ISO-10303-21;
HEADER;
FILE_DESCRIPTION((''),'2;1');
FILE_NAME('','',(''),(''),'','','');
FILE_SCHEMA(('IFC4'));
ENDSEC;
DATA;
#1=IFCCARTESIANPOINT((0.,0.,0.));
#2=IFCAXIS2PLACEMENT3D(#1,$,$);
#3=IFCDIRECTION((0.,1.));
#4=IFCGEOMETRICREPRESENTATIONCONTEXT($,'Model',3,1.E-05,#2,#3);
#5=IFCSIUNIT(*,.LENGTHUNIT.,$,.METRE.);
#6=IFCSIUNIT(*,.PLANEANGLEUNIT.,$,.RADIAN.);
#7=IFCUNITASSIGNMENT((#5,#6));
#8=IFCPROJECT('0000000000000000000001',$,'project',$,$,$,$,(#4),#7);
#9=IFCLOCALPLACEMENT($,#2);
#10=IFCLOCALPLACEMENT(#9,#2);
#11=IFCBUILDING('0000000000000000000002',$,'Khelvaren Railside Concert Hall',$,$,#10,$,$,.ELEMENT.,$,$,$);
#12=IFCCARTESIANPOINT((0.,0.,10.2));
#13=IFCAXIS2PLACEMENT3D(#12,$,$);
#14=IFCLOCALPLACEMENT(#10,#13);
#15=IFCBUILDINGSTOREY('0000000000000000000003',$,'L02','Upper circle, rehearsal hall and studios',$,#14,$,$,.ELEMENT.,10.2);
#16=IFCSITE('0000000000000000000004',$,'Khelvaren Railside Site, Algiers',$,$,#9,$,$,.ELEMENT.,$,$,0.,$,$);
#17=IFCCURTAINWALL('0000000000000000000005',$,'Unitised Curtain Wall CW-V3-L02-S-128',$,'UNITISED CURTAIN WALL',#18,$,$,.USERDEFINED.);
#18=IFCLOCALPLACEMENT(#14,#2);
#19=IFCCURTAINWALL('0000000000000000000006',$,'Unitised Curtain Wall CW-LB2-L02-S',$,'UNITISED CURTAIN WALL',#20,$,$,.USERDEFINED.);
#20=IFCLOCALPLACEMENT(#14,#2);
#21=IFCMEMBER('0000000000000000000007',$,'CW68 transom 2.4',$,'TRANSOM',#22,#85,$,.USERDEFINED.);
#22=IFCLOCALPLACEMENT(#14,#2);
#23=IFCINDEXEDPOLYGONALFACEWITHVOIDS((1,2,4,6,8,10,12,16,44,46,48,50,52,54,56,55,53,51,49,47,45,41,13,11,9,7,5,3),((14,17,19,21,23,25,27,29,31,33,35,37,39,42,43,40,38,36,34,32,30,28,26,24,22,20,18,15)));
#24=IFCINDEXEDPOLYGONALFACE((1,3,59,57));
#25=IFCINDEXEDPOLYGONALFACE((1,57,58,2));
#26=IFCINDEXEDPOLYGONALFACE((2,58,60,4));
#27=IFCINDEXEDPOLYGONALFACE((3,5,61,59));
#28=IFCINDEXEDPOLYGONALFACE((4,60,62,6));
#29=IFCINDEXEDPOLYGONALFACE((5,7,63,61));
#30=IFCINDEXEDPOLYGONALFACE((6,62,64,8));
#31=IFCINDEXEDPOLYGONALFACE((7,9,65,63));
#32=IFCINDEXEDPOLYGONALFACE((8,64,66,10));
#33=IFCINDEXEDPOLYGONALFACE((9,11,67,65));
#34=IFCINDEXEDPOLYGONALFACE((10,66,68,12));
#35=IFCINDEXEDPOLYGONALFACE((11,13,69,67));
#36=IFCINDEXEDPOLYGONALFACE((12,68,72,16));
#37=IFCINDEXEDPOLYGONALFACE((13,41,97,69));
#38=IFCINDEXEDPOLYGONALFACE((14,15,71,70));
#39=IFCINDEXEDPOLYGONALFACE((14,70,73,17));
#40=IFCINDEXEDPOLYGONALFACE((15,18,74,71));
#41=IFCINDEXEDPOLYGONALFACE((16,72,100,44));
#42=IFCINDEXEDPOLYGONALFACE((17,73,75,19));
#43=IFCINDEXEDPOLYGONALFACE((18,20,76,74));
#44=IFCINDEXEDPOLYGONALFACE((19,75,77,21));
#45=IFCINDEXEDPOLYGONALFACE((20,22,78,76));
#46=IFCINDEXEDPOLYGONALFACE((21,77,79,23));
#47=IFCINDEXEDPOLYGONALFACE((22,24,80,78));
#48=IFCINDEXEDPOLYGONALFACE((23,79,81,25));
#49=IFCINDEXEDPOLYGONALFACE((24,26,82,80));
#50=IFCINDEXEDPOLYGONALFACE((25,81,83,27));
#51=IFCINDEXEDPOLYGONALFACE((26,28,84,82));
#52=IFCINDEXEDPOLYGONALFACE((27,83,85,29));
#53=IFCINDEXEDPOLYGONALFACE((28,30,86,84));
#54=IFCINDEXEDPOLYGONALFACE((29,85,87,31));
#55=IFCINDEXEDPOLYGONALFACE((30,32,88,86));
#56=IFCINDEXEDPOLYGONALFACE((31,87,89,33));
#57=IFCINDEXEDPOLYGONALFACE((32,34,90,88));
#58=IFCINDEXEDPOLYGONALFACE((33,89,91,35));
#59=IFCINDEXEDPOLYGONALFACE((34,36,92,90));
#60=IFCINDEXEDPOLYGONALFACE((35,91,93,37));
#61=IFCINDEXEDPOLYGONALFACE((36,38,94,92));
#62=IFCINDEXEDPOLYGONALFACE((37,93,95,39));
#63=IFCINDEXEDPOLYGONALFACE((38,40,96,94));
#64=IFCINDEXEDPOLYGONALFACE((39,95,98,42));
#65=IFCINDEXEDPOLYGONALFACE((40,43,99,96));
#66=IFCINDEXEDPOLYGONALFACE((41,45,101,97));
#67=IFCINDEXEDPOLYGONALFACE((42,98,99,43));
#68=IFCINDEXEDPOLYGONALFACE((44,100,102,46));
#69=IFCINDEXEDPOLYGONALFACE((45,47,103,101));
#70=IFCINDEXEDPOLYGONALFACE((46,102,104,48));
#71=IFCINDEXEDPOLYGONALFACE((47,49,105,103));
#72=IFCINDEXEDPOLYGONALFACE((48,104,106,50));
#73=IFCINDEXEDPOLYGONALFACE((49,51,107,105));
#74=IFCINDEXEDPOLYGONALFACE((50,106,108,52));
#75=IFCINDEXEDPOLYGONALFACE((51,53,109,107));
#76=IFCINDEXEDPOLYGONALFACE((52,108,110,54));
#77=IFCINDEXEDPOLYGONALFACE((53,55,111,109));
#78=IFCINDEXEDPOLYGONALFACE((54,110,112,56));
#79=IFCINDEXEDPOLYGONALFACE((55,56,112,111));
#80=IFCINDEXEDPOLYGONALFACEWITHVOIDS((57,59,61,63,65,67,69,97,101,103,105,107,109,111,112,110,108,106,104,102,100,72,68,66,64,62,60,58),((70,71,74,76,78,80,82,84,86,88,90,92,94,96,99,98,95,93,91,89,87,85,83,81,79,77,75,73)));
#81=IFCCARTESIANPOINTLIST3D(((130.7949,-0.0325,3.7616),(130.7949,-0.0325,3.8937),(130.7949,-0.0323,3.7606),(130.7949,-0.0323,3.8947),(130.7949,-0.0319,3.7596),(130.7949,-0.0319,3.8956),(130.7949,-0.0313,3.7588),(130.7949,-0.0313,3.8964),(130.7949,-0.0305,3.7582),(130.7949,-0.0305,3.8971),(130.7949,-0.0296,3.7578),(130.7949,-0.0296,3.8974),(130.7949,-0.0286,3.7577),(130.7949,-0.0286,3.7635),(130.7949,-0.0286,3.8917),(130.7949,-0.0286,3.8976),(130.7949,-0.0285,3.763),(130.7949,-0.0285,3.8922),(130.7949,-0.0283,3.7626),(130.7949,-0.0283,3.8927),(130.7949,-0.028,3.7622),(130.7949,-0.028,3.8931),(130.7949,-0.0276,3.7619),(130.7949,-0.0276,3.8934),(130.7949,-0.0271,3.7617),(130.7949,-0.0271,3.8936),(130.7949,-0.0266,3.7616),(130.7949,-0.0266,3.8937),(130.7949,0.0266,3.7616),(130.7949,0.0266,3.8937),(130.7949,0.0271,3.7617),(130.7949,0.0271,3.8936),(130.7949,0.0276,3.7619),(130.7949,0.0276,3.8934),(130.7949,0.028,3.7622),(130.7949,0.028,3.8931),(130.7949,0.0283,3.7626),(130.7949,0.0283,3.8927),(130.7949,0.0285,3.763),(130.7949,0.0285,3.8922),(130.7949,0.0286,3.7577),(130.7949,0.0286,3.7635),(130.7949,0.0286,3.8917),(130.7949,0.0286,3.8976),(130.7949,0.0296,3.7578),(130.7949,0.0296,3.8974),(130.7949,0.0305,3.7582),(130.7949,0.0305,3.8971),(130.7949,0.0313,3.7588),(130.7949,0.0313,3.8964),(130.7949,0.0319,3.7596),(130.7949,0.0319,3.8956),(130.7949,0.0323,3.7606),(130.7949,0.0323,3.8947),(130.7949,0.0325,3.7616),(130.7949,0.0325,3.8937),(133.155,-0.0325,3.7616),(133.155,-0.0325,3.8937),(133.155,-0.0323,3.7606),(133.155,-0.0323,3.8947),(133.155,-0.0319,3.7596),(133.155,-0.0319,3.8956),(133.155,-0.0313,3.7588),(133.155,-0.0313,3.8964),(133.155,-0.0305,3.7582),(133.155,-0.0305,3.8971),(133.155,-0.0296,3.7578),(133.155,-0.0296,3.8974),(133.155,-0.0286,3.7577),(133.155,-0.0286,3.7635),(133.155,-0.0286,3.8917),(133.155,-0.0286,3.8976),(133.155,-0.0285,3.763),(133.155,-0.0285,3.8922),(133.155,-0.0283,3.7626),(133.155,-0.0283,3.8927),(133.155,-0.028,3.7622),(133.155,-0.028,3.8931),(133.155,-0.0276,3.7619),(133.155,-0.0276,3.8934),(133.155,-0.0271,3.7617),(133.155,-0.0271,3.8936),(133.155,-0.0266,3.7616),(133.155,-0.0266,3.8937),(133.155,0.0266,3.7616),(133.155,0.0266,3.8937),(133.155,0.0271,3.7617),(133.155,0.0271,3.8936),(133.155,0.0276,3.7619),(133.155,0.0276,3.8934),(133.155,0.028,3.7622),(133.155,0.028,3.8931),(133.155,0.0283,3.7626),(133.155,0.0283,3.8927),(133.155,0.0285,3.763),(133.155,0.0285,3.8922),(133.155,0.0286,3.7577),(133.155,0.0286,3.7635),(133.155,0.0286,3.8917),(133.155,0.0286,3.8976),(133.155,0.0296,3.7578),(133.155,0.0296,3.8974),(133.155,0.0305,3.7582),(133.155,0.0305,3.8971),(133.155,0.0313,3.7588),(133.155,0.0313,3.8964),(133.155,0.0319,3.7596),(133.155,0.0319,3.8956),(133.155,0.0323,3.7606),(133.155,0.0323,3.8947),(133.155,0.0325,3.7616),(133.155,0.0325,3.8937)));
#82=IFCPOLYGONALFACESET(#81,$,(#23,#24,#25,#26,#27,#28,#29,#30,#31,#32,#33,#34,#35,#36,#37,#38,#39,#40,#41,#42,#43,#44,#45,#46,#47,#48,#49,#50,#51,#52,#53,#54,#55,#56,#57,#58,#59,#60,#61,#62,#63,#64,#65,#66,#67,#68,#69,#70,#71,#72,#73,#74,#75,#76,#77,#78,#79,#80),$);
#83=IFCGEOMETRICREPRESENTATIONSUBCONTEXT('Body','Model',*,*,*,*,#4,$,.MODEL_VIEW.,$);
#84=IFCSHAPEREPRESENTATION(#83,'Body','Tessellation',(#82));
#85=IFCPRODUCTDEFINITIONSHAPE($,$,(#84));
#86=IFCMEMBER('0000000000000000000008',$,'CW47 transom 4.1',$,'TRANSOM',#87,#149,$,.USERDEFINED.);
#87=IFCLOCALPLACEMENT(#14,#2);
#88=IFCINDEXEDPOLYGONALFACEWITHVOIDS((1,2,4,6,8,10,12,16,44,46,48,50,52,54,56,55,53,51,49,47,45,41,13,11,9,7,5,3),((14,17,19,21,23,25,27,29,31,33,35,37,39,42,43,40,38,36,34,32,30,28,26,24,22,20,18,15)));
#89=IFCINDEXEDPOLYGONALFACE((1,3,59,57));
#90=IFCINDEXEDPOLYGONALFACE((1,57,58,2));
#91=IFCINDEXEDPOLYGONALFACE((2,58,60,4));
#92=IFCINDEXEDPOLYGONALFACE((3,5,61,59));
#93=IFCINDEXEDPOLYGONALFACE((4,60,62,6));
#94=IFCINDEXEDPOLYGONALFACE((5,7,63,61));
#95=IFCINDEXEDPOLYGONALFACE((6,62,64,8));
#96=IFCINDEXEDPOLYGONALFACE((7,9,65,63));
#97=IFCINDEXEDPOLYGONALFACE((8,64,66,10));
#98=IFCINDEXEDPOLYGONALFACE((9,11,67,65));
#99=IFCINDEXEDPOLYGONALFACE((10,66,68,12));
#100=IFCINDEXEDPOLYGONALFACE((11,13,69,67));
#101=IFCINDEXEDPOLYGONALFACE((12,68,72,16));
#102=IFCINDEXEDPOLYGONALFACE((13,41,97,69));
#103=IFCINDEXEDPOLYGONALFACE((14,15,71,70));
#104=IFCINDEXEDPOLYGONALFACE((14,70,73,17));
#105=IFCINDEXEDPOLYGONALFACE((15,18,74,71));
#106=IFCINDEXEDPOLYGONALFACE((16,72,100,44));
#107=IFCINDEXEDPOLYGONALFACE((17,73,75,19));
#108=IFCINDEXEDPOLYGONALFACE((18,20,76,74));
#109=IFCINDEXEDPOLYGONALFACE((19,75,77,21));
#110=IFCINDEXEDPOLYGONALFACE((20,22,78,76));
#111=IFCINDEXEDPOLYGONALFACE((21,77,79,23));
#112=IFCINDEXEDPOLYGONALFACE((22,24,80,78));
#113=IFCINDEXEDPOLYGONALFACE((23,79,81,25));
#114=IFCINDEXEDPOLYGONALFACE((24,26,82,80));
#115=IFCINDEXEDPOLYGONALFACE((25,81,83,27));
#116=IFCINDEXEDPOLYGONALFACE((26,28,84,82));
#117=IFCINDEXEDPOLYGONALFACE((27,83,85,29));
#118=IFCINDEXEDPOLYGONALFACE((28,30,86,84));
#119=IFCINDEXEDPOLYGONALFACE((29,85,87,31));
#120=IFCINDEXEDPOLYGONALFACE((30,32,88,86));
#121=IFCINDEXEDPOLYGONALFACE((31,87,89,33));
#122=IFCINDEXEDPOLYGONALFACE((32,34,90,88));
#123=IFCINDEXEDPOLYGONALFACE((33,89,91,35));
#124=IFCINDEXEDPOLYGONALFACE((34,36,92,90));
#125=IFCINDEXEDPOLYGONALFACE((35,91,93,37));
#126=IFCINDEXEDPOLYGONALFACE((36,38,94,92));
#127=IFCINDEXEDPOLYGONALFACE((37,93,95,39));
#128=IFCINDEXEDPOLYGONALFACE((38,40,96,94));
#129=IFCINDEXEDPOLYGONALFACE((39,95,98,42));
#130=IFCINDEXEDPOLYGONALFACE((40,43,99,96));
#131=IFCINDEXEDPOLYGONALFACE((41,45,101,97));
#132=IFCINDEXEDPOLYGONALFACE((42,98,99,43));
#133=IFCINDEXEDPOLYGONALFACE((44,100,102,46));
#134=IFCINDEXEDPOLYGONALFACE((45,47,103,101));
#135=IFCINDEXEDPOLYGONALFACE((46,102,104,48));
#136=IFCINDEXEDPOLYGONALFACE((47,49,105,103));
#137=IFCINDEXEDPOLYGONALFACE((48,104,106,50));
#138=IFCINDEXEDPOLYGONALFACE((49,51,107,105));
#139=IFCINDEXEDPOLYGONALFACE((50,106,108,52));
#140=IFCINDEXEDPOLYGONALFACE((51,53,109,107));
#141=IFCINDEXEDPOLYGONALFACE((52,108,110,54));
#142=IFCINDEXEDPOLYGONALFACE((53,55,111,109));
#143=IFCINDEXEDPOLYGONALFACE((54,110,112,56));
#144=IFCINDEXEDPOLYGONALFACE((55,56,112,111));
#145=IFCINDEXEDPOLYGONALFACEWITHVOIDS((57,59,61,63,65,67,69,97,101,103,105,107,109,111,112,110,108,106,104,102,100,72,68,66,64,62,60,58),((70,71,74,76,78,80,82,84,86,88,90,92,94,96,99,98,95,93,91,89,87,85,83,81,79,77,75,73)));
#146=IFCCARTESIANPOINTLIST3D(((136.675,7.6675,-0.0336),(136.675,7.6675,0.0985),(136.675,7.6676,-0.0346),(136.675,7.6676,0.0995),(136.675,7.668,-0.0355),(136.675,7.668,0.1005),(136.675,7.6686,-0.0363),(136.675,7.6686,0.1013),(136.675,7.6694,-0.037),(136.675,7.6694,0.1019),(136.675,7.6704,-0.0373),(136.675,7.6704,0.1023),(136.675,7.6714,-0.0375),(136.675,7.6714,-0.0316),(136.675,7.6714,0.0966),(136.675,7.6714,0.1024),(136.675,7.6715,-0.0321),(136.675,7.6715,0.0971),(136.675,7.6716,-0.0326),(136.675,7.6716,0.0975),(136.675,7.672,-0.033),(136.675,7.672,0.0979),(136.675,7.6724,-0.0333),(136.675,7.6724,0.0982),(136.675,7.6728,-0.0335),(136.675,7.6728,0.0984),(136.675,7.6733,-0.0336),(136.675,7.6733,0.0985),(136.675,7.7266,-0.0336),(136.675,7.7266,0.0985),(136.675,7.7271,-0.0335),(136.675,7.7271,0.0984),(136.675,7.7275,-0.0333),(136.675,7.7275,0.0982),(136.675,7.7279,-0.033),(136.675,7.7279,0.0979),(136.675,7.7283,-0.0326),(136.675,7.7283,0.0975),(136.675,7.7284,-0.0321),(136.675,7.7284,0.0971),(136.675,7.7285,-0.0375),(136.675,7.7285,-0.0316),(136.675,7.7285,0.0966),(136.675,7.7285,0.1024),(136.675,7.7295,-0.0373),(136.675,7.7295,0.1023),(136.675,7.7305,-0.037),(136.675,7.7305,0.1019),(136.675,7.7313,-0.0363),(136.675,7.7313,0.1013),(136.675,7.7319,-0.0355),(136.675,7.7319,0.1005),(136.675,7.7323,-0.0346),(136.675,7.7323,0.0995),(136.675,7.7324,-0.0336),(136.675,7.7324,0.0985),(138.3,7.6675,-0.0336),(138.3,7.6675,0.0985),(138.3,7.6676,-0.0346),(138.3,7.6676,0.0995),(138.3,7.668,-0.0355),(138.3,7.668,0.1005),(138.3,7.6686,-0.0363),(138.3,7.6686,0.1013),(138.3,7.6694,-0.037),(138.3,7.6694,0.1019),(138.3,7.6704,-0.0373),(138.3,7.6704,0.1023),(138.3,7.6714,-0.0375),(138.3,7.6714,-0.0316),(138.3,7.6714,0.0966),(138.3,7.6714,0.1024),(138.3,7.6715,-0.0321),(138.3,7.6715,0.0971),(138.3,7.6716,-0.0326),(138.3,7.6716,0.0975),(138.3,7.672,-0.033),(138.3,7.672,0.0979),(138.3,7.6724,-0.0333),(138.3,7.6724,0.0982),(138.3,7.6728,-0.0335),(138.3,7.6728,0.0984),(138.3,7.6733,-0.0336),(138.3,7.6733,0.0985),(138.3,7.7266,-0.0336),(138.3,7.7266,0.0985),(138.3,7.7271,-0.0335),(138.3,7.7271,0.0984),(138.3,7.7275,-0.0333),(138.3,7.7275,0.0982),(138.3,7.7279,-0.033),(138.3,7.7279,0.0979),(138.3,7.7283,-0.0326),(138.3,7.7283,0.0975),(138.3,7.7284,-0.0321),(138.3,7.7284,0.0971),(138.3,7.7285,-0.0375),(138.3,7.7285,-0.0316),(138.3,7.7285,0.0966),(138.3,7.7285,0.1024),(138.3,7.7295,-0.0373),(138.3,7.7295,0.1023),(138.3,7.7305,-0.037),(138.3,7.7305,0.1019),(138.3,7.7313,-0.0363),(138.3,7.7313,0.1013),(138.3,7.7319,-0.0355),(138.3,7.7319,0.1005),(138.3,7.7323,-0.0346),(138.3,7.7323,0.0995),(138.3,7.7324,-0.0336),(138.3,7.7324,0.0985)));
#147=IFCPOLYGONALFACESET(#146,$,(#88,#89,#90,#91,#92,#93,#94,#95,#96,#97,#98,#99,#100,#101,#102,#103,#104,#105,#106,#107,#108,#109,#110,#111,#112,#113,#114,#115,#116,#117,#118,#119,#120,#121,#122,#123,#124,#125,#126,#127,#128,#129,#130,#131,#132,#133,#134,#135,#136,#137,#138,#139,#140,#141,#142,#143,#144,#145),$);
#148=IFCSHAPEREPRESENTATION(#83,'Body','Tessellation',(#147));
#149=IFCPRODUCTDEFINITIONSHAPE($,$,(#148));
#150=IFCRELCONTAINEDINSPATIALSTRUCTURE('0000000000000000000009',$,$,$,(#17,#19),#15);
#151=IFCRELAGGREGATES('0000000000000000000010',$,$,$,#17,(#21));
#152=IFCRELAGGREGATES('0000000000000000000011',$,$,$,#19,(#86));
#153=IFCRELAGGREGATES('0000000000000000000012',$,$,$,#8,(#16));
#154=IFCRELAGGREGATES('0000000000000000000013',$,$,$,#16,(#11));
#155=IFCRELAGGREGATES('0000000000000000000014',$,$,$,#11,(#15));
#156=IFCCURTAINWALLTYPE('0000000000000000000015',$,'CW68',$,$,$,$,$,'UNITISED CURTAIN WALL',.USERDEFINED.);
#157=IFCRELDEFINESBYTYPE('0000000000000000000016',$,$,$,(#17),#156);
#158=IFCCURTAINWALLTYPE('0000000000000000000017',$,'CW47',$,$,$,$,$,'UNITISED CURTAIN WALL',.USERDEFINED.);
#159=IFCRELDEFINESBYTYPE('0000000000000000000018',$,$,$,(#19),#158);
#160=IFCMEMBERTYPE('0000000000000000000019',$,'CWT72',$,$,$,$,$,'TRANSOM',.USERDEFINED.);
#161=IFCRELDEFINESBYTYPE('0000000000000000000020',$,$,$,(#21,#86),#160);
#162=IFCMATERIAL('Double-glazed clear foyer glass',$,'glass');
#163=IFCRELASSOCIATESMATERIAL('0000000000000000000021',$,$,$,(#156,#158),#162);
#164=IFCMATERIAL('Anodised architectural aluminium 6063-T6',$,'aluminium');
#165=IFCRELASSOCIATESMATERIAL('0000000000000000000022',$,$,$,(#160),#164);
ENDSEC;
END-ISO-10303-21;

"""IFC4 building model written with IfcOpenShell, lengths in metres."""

from ifc_helpers import new_model, si_unit, direction, frame, origin, origin_2d, place, context, subcontext, project, spatial, hollow_rectangle, extrude, material, material_profile, profile_set, type_object, element, aggregate, save


model = new_model("IFC4")

# Units and contexts
model_context = context("Model", 3, precision=1e-05, world=origin(), true_north=direction((0.0, 1.0)))
body_context = subcontext(model_context, "Body", "Model", "MODEL_VIEW")
ifc_project = project(units=[si_unit("LENGTHUNIT", "METRE"), si_unit("PLANEANGLEUNIT", "RADIAN")], contexts=[model_context])

# Site, building, storey
site_placement = place(None, origin())
site = spatial("IfcSite", under=ifc_project, at=site_placement, Name="Khelvaren Railside Site, Algiers", CompositionType="ELEMENT", RefElevation=0.0)
building_placement = place(site_placement, origin())
building = spatial("IfcBuilding", under=site, at=building_placement, Name="Khelvaren Railside Concert Hall", CompositionType="ELEMENT")
storey_placement = place(building_placement, frame((0.0, 0.0, 10.2)))
storey = spatial("IfcBuildingStorey", under=building, at=storey_placement, Name="L02", Description="Upper circle, rehearsal hall and studios", CompositionType="ELEMENT", Elevation=10.2)

# Curtain wall
ifc_material_1 = material(Name="Double-glazed clear foyer glass", Category="glass")
curtain_wall_type_1 = type_object("IfcCurtainWallType", Name="CW68", ElementType="UNITISED CURTAIN WALL", PredefinedType="USERDEFINED", material=ifc_material_1)
curtain_wall_1_placement = place(storey_placement, origin())
curtain_wall_1 = element("IfcCurtainWall", 1, at=curtain_wall_1_placement, inside=storey, type_object=curtain_wall_type_1, Name="Unitised Curtain Wall CW-V3-L02-S-128", ObjectType="UNITISED CURTAIN WALL", PredefinedType="USERDEFINED")
ifc_material_2 = material(Name="Anodised architectural aluminium 6063-T6", Category="aluminium")

# Curtain wall
curtain_wall_type_2 = type_object("IfcCurtainWallType", Name="CW47", ElementType="UNITISED CURTAIN WALL", PredefinedType="USERDEFINED", material=ifc_material_1)
curtain_wall_2_placement = place(storey_placement, origin())
curtain_wall_2 = element("IfcCurtainWall", 2, at=curtain_wall_2_placement, inside=storey, type_object=curtain_wall_type_2, Name="Unitised Curtain Wall CW-LB2-L02-S", ObjectType="UNITISED CURTAIN WALL", PredefinedType="USERDEFINED")

# Members
ifc_material_profile_1 = material_profile(ifc_material_2, hollow_rectangle(XDim=0.0649, YDim=0.1399, WallThickness=0.0039, InnerFilletRadius=0.002, OuterFilletRadius=0.0039, at=origin_2d()), Name="CWT 65x140x4")
ifc_profile_set_1 = profile_set([ifc_material_profile_1], Name="Anodised architectural aluminium 6063-T6")
member_type_1 = type_object("IfcMemberType", Name="CWT72", ElementType="TRANSOM", PredefinedType="USERDEFINED", material=ifc_profile_set_1)
member_1_placement = place(storey_placement, frame((133.155, 0.0, 3.8276), z_axis=(-1.0, 0.0, 0.0), x_axis=(0.0, -1.0, 0.0)))
member_1 = element("IfcMember", 3, at=member_1_placement, type_object=member_type_1, Name="CW68 transom 2.4", ObjectType="TRANSOM", PredefinedType="USERDEFINED", context=body_context, shape_type="SweptSolid", body=[
    extrude(hollow_rectangle(XDim=0.0649, YDim=0.1399, WallThickness=0.0039, InnerFilletRadius=0.002, OuterFilletRadius=0.0039, at=origin_2d()), origin(), (0.0, 0.0, 1.0), 2.3601),
])
member_2_placement = place(storey_placement, frame((138.3, 7.7, 0.0325), z_axis=(-1.0, 0.0, 0.0), x_axis=(0.0, -1.0, 0.0)))
member_2 = element("IfcMember", 4, at=member_2_placement, type_object=member_type_1, Name="CW47 transom 4.1", ObjectType="TRANSOM", PredefinedType="USERDEFINED", context=body_context, shape_type="SweptSolid", body=[
    extrude(hollow_rectangle(XDim=0.0649, YDim=0.1399, WallThickness=0.0039, InnerFilletRadius=0.002, OuterFilletRadius=0.0039, at=origin_2d()), origin(), (0.0, 0.0, 1.0), 1.625),
])

aggregate(curtain_wall_1, [member_1])
aggregate(curtain_wall_2, [member_2])

save(model, "model.ifc")
